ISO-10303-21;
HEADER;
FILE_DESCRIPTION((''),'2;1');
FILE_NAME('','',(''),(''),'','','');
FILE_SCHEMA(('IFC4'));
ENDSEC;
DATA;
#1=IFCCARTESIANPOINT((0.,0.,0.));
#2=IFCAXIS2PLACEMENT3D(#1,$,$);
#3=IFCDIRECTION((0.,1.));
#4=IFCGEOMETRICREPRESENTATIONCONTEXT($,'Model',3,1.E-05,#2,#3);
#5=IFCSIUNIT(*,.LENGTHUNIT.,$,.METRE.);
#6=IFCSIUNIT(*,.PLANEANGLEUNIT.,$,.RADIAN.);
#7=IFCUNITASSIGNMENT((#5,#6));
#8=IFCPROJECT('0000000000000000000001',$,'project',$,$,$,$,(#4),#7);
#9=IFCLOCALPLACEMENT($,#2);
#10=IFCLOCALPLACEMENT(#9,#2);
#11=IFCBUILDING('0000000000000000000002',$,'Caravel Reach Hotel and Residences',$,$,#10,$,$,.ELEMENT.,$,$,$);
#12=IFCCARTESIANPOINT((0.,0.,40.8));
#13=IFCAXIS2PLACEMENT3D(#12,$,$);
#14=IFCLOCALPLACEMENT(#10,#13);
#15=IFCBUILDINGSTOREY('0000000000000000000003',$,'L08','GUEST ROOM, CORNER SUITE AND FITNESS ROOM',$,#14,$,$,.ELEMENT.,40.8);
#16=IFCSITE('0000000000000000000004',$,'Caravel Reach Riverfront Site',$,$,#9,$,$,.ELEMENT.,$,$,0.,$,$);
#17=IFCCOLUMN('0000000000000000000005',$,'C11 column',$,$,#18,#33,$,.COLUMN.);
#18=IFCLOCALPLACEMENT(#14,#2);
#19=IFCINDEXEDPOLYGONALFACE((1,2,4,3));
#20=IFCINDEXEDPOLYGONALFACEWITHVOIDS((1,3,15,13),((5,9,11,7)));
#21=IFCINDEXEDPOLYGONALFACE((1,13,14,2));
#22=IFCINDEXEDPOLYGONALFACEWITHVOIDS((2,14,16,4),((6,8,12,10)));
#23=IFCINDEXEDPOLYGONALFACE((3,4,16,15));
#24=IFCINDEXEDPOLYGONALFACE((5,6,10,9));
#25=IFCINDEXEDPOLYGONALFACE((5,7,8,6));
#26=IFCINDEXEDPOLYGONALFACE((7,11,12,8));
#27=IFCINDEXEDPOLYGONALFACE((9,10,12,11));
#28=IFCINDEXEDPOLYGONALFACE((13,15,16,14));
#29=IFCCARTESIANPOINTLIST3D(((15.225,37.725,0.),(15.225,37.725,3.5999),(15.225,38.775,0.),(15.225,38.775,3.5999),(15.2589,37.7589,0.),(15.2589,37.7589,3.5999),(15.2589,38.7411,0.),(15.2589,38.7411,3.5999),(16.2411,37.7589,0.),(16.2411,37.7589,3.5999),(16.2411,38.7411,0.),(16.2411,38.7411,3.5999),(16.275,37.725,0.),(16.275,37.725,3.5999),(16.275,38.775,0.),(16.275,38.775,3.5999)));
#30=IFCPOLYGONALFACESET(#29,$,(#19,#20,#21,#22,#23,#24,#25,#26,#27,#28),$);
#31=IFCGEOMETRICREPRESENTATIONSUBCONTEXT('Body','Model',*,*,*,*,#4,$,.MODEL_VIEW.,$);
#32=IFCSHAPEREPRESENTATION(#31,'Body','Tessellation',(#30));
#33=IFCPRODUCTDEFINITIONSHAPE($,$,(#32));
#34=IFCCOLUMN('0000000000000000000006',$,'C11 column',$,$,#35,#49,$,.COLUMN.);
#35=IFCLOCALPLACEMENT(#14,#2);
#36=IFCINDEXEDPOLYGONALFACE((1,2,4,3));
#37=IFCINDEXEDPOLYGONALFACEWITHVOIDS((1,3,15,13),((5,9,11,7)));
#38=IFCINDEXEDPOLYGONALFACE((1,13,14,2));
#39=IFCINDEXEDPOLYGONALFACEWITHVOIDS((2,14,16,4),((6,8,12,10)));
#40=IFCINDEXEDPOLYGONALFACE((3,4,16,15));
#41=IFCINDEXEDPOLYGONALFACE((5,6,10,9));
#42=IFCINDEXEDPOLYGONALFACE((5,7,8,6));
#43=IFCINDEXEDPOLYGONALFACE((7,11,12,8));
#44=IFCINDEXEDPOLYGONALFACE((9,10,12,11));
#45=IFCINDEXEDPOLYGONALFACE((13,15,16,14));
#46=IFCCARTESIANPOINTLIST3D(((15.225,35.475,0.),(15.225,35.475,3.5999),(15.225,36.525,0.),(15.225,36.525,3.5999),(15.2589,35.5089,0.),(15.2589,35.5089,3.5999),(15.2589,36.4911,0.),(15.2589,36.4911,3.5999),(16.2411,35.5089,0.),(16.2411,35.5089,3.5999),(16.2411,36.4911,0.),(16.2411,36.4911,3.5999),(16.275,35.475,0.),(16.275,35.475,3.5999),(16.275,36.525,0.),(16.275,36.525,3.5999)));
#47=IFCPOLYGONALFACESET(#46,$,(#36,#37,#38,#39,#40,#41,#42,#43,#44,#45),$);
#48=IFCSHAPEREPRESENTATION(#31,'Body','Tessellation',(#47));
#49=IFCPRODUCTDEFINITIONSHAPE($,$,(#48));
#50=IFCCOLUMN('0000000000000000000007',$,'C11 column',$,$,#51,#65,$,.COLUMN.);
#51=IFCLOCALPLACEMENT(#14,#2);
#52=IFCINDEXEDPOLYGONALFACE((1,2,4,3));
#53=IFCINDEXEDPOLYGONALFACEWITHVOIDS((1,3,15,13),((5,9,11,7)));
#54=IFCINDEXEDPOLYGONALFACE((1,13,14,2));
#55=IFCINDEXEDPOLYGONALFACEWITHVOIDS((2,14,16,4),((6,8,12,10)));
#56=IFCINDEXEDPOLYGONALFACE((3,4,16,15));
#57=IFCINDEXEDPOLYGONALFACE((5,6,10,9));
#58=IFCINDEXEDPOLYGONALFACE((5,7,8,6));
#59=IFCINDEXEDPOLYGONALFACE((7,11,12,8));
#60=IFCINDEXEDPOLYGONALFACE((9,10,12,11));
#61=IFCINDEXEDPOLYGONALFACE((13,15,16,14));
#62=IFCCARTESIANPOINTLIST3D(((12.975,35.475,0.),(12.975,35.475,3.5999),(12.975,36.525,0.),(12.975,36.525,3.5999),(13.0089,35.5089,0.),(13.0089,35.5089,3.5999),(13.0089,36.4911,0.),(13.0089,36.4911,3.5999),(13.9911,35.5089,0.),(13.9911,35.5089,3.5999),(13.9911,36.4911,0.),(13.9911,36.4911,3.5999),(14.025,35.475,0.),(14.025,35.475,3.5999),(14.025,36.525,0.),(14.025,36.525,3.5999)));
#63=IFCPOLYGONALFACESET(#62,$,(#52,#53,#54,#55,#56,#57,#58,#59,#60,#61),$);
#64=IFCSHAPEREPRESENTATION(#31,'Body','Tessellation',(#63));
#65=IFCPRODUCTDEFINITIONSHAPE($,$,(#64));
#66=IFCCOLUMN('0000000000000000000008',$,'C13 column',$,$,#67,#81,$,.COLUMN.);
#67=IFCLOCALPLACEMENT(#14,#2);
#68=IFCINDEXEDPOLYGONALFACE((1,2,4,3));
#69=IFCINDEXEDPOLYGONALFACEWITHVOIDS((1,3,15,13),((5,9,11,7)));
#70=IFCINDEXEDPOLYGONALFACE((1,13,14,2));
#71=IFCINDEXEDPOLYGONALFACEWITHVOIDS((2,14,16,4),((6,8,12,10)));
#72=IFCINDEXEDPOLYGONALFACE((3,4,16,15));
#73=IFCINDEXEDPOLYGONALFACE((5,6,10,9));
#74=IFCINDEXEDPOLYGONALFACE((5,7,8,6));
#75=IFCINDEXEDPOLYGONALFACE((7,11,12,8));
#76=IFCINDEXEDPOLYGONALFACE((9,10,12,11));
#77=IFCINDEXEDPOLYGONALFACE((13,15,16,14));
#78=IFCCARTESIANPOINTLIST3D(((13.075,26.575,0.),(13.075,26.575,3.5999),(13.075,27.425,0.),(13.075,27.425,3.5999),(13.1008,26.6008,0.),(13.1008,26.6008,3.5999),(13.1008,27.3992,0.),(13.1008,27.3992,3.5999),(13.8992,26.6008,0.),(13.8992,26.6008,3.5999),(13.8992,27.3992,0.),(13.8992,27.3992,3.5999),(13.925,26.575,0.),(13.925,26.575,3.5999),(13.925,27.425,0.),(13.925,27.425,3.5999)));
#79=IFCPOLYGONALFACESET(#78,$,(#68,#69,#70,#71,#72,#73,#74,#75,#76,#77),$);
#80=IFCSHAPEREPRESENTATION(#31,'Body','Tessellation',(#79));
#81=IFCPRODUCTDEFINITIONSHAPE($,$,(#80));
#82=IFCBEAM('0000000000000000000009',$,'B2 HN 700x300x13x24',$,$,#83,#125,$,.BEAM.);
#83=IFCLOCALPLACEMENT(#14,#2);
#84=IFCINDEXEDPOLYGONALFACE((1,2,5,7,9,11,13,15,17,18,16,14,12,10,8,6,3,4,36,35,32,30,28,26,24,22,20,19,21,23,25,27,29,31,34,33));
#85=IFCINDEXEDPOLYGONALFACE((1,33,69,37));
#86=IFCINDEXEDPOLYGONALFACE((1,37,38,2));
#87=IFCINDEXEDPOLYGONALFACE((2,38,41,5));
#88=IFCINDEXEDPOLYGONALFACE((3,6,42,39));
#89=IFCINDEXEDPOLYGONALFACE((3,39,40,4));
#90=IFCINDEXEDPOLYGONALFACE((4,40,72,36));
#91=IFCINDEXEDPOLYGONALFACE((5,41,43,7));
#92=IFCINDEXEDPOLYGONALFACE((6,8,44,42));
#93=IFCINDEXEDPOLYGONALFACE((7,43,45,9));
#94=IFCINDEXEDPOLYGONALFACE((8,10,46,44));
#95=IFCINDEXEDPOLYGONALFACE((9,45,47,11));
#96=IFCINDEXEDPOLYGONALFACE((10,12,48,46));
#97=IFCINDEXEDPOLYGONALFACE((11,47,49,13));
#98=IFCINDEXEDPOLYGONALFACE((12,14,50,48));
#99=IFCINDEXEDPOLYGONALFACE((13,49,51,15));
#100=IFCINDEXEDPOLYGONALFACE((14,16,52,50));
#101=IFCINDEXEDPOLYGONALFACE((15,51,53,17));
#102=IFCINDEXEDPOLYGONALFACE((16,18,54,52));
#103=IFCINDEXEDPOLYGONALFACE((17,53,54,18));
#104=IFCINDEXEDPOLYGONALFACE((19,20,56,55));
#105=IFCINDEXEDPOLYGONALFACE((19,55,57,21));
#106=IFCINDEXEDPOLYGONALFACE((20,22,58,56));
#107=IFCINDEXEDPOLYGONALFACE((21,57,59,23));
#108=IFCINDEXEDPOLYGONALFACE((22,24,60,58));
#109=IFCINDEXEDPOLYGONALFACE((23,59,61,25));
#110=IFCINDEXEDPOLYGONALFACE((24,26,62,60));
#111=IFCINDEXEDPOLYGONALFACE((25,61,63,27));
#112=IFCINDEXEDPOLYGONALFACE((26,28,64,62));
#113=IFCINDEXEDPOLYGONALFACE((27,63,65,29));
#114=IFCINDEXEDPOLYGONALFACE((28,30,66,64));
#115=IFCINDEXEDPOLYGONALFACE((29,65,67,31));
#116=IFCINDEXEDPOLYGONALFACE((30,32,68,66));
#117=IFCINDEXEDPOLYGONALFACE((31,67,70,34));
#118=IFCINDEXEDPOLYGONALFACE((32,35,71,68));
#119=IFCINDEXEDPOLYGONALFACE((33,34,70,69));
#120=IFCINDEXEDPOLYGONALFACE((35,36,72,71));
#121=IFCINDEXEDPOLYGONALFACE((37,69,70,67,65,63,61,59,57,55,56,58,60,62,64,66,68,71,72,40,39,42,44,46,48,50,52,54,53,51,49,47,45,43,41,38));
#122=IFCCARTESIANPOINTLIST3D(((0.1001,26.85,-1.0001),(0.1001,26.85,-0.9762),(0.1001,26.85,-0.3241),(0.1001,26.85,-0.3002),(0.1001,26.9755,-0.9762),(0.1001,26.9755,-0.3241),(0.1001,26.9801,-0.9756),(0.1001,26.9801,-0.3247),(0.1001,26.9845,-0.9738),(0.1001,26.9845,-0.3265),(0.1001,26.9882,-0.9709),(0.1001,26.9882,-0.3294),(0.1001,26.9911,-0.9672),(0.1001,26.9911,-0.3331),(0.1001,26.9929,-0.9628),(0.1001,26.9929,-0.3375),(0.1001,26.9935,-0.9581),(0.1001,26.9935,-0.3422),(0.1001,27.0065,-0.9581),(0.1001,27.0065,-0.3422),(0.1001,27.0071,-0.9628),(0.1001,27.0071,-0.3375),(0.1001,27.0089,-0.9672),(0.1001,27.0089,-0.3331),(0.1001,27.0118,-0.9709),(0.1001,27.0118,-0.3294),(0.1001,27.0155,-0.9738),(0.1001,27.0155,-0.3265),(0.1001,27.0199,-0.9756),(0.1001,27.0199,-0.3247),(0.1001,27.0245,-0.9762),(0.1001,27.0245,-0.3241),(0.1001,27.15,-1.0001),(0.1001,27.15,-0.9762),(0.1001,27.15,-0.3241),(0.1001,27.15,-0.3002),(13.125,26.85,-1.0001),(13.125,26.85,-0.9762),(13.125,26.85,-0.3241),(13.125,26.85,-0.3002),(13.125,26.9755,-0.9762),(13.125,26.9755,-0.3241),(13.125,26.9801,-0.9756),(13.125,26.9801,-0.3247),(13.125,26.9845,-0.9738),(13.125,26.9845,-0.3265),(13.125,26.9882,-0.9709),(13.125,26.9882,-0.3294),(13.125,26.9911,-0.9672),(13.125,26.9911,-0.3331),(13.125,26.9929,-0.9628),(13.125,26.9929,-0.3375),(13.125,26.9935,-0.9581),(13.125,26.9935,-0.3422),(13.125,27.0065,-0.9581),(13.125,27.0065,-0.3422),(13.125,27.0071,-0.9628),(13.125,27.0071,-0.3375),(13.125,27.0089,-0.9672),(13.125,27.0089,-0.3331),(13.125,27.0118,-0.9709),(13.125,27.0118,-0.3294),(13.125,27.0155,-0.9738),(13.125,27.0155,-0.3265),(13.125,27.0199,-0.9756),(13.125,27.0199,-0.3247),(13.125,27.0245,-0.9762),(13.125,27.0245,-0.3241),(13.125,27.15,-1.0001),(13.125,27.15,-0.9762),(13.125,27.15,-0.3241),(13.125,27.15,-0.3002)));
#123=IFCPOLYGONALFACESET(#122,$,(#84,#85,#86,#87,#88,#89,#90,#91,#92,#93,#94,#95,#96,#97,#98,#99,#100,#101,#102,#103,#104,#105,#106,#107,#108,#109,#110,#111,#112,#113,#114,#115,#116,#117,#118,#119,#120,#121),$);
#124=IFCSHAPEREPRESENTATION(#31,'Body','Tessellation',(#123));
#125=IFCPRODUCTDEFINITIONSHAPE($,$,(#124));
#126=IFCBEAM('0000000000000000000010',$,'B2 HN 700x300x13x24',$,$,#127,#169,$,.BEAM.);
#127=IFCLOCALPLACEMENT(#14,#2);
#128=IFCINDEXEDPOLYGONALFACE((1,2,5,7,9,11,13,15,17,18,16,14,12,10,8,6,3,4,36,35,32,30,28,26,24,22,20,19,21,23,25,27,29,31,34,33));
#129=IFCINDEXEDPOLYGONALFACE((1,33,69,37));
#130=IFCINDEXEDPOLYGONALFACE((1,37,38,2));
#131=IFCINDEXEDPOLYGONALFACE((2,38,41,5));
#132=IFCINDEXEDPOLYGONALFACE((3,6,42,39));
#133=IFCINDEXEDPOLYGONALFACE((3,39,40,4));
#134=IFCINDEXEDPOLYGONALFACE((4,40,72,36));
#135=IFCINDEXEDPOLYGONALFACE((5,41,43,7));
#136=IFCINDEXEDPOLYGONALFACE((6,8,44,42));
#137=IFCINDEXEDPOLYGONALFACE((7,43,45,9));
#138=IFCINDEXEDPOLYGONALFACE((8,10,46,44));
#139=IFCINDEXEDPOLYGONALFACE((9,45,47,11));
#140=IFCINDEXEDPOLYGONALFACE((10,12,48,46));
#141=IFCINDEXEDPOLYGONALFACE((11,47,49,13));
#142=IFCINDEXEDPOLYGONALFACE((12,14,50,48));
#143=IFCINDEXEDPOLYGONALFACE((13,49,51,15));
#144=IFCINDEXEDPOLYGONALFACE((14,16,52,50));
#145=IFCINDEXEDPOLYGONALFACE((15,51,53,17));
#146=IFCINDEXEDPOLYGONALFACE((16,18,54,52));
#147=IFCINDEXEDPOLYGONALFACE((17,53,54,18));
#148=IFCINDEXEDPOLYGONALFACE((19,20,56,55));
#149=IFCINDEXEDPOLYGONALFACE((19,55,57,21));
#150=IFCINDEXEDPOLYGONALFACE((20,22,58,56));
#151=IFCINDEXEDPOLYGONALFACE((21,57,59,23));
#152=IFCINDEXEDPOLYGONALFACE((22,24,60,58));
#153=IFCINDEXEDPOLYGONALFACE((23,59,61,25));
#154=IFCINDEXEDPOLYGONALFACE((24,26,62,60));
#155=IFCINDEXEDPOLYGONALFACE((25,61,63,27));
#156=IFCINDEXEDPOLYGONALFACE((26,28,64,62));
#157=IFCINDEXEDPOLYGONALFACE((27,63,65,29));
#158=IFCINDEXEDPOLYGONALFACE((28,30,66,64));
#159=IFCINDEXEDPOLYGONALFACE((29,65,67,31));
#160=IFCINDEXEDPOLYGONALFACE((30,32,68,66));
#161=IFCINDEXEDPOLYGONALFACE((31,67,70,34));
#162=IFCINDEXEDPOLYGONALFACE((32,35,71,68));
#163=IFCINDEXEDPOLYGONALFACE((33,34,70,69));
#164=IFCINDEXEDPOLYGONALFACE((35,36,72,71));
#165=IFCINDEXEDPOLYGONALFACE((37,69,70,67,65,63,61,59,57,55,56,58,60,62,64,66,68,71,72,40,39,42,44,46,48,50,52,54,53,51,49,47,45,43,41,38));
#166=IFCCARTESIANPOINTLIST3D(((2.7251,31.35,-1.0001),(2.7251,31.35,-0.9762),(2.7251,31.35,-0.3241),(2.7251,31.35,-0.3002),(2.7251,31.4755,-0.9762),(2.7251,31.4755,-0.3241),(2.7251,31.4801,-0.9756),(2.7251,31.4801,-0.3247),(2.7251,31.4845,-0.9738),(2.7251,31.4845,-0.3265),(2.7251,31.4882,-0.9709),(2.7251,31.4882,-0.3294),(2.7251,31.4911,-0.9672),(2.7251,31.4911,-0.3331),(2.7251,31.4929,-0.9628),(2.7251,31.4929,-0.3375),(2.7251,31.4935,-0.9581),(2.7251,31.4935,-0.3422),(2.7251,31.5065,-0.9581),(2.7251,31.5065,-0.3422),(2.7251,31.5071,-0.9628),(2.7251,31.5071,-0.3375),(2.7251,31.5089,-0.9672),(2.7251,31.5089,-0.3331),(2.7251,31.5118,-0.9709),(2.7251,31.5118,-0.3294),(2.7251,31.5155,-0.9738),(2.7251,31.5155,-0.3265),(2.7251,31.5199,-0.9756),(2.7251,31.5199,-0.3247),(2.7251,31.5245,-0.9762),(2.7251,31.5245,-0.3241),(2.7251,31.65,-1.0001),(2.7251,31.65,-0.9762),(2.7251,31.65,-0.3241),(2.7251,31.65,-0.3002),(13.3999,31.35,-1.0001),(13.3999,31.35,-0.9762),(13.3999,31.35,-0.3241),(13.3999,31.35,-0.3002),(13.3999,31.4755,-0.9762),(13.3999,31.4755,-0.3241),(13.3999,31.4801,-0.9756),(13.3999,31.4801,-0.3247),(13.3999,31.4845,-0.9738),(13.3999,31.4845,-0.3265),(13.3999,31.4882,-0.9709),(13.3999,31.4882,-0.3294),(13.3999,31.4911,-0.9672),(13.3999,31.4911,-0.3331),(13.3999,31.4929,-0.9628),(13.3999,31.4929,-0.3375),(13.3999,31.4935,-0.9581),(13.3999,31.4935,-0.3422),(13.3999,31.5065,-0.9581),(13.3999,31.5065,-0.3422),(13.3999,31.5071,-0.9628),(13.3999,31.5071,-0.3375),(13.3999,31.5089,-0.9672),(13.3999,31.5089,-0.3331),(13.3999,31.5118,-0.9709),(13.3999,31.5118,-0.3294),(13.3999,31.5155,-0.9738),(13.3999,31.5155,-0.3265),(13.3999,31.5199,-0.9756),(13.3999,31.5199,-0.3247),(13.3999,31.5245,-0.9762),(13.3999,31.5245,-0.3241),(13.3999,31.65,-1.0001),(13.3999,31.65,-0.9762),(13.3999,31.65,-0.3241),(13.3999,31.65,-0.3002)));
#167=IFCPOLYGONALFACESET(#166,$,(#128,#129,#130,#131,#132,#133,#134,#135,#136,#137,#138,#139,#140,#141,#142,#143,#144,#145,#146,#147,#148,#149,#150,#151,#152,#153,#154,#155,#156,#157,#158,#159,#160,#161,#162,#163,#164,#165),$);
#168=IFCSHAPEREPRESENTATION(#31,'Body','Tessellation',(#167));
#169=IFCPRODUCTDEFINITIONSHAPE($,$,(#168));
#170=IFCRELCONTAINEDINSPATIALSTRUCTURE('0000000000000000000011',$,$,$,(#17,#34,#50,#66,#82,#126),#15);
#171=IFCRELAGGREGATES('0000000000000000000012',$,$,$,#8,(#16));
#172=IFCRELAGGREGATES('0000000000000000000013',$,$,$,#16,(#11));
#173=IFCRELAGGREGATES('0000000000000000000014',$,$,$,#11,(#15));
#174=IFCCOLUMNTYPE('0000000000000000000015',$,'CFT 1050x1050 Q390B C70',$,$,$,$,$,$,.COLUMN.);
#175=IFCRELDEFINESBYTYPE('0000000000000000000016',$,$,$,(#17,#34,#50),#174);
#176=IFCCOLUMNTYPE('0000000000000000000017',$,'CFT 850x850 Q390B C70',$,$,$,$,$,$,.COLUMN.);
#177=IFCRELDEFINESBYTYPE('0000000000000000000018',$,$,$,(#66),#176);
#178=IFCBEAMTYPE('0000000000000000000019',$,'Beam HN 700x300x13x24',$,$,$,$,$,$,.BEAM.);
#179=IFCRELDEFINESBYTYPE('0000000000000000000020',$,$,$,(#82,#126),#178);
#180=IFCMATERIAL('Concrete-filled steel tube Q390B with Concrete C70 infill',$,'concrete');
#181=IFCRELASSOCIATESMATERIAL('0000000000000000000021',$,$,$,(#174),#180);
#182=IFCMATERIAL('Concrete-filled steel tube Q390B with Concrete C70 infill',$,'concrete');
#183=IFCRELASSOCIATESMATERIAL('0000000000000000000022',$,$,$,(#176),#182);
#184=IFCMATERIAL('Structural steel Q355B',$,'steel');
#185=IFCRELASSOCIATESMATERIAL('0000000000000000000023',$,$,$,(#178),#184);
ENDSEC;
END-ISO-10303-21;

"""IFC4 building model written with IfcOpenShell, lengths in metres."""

from ifc_helpers import new_model, si_unit, direction, frame, origin, origin_2d, place, context, subcontext, project, spatial, hollow_rectangle, i_section, extrude, material, material_profile, profile_set, type_object, element, save


model = new_model("IFC4")

# Units and contexts
model_context = context("Model", 3, precision=1e-05, world=origin(), true_north=direction((0.0, 1.0)))
body_context = subcontext(model_context, "Body", "Model", "MODEL_VIEW")
ifc_project = project(units=[si_unit("LENGTHUNIT", "METRE"), si_unit("PLANEANGLEUNIT", "RADIAN")], contexts=[model_context])

# Site, building, storey
site_placement = place(None, origin())
site = spatial("IfcSite", under=ifc_project, at=site_placement, Name="Caravel Reach Riverfront Site", CompositionType="ELEMENT", RefElevation=0.0)
building_placement = place(site_placement, origin())
building = spatial("IfcBuilding", under=site, at=building_placement, Name="Caravel Reach Hotel and Residences", CompositionType="ELEMENT")
storey_placement = place(building_placement, frame((0.0, 0.0, 40.8)))
storey = spatial("IfcBuildingStorey", under=building, at=storey_placement, Name="L08", Description="GUEST ROOM, CORNER SUITE AND FITNESS ROOM", CompositionType="ELEMENT", Elevation=40.8)

# Columns
ifc_material_1 = material(Name="Concrete-filled steel tube Q390B with Concrete C70 infill", Category="concrete")
ifc_material_profile_1 = material_profile(ifc_material_1, hollow_rectangle(XDim=1.05, YDim=1.05, WallThickness=0.0339, at=origin_2d()), Name="RHS 1050x1050x34")
ifc_profile_set_1 = profile_set([ifc_material_profile_1], Name="Concrete-filled steel tube Q390B with Concrete C70 infill")
column_type_1 = type_object("IfcColumnType", Name="CFT 1050x1050 Q390B C70", PredefinedType="COLUMN", material=ifc_profile_set_1)
for number, where, z_axis, x_axis, name in (
    (1, (15.75, 38.25, 0.0), (0.0, 0.0, 1.0), (1.0, 0.0, 0.0), "C11 column"),
    (2, (15.75, 36.0, 0.0), (0.0, 0.0, 1.0), (1.0, 0.0, 0.0), "C11 column"),
    (3, (13.5, 36.0, 0.0), (0.0, 0.0, 1.0), (1.0, 0.0, 0.0), "C11 column"),
):
    element("IfcColumn", number, at=place(storey_placement, frame(where, z_axis=z_axis, x_axis=x_axis)), inside=storey, type_object=column_type_1, Name=name, PredefinedType="COLUMN", context=body_context, shape_type="SweptSolid", body=[
        extrude(hollow_rectangle(XDim=1.05, YDim=1.05, WallThickness=0.0339, at=origin_2d()), origin(), (0.0, 0.0, 1.0), 3.5999),
    ])
ifc_material_2 = material(Name="Concrete-filled steel tube Q390B with Concrete C70 infill", Category="concrete")
ifc_material_profile_2 = material_profile(ifc_material_2, hollow_rectangle(XDim=0.8501, YDim=0.8501, WallThickness=0.0259, at=origin_2d()), Name="RHS 850x850x26")
ifc_profile_set_2 = profile_set([ifc_material_profile_2], Name="Concrete-filled steel tube Q390B with Concrete C70 infill")
column_type_2 = type_object("IfcColumnType", Name="CFT 850x850 Q390B C70", PredefinedType="COLUMN", material=ifc_profile_set_2)
column_placement = place(storey_placement, frame((13.5, 27.0, 0.0), z_axis=(0.0, 0.0, 1.0), x_axis=(1.0, 0.0, 0.0)))
element("IfcColumn", 4, at=column_placement, inside=storey, type_object=column_type_2, Name="C13 column", PredefinedType="COLUMN", context=body_context, shape_type="SweptSolid", body=[
    extrude(hollow_rectangle(XDim=0.8501, YDim=0.8501, WallThickness=0.0259, at=origin_2d()), origin(), (0.0, 0.0, 1.0), 3.5999),
])

# Beams
ifc_material_3 = material(Name="Structural steel Q355B", Category="steel")
ifc_material_profile_3 = material_profile(ifc_material_3, i_section(OverallWidth=0.3, OverallDepth=0.7, WebThickness=0.0129, FlangeThickness=0.0239, FilletRadius=0.0181, at=origin_2d()), Name="HN 700x300x13x24")
ifc_profile_set_3 = profile_set([ifc_material_profile_3], Name="Structural steel Q355B")
beam_type_1 = type_object("IfcBeamType", Name="Beam HN 700x300x13x24", PredefinedType="BEAM", material=ifc_profile_set_3)
beam_1_placement = place(storey_placement, frame((13.125, 27.0, -0.6501), z_axis=(-1.0, 0.0, 0.0), x_axis=(0.0, -1.0, 0.0)))
element("IfcBeam", 5, at=beam_1_placement, inside=storey, type_object=beam_type_1, Name="B2 HN 700x300x13x24", PredefinedType="BEAM", context=body_context, shape_type="SweptSolid", body=[
    extrude(i_section(OverallWidth=0.3, OverallDepth=0.7, WebThickness=0.0129, FlangeThickness=0.0239, FilletRadius=0.0181, at=origin_2d()), origin(), (0.0, 0.0, 1.0), 13.0249),
])
beam_2_placement = place(storey_placement, frame((13.3999, 31.5, -0.6501), z_axis=(-1.0, 0.0, 0.0), x_axis=(0.0, -1.0, 0.0)))
element("IfcBeam", 6, at=beam_2_placement, inside=storey, type_object=beam_type_1, Name="B2 HN 700x300x13x24", PredefinedType="BEAM", context=body_context, shape_type="SweptSolid", body=[
    extrude(i_section(OverallWidth=0.3, OverallDepth=0.7, WebThickness=0.0129, FlangeThickness=0.0239, FilletRadius=0.0181, at=origin_2d()), origin(), (0.0, 0.0, 1.0), 10.6748),
])

save(model, "model.ifc")
